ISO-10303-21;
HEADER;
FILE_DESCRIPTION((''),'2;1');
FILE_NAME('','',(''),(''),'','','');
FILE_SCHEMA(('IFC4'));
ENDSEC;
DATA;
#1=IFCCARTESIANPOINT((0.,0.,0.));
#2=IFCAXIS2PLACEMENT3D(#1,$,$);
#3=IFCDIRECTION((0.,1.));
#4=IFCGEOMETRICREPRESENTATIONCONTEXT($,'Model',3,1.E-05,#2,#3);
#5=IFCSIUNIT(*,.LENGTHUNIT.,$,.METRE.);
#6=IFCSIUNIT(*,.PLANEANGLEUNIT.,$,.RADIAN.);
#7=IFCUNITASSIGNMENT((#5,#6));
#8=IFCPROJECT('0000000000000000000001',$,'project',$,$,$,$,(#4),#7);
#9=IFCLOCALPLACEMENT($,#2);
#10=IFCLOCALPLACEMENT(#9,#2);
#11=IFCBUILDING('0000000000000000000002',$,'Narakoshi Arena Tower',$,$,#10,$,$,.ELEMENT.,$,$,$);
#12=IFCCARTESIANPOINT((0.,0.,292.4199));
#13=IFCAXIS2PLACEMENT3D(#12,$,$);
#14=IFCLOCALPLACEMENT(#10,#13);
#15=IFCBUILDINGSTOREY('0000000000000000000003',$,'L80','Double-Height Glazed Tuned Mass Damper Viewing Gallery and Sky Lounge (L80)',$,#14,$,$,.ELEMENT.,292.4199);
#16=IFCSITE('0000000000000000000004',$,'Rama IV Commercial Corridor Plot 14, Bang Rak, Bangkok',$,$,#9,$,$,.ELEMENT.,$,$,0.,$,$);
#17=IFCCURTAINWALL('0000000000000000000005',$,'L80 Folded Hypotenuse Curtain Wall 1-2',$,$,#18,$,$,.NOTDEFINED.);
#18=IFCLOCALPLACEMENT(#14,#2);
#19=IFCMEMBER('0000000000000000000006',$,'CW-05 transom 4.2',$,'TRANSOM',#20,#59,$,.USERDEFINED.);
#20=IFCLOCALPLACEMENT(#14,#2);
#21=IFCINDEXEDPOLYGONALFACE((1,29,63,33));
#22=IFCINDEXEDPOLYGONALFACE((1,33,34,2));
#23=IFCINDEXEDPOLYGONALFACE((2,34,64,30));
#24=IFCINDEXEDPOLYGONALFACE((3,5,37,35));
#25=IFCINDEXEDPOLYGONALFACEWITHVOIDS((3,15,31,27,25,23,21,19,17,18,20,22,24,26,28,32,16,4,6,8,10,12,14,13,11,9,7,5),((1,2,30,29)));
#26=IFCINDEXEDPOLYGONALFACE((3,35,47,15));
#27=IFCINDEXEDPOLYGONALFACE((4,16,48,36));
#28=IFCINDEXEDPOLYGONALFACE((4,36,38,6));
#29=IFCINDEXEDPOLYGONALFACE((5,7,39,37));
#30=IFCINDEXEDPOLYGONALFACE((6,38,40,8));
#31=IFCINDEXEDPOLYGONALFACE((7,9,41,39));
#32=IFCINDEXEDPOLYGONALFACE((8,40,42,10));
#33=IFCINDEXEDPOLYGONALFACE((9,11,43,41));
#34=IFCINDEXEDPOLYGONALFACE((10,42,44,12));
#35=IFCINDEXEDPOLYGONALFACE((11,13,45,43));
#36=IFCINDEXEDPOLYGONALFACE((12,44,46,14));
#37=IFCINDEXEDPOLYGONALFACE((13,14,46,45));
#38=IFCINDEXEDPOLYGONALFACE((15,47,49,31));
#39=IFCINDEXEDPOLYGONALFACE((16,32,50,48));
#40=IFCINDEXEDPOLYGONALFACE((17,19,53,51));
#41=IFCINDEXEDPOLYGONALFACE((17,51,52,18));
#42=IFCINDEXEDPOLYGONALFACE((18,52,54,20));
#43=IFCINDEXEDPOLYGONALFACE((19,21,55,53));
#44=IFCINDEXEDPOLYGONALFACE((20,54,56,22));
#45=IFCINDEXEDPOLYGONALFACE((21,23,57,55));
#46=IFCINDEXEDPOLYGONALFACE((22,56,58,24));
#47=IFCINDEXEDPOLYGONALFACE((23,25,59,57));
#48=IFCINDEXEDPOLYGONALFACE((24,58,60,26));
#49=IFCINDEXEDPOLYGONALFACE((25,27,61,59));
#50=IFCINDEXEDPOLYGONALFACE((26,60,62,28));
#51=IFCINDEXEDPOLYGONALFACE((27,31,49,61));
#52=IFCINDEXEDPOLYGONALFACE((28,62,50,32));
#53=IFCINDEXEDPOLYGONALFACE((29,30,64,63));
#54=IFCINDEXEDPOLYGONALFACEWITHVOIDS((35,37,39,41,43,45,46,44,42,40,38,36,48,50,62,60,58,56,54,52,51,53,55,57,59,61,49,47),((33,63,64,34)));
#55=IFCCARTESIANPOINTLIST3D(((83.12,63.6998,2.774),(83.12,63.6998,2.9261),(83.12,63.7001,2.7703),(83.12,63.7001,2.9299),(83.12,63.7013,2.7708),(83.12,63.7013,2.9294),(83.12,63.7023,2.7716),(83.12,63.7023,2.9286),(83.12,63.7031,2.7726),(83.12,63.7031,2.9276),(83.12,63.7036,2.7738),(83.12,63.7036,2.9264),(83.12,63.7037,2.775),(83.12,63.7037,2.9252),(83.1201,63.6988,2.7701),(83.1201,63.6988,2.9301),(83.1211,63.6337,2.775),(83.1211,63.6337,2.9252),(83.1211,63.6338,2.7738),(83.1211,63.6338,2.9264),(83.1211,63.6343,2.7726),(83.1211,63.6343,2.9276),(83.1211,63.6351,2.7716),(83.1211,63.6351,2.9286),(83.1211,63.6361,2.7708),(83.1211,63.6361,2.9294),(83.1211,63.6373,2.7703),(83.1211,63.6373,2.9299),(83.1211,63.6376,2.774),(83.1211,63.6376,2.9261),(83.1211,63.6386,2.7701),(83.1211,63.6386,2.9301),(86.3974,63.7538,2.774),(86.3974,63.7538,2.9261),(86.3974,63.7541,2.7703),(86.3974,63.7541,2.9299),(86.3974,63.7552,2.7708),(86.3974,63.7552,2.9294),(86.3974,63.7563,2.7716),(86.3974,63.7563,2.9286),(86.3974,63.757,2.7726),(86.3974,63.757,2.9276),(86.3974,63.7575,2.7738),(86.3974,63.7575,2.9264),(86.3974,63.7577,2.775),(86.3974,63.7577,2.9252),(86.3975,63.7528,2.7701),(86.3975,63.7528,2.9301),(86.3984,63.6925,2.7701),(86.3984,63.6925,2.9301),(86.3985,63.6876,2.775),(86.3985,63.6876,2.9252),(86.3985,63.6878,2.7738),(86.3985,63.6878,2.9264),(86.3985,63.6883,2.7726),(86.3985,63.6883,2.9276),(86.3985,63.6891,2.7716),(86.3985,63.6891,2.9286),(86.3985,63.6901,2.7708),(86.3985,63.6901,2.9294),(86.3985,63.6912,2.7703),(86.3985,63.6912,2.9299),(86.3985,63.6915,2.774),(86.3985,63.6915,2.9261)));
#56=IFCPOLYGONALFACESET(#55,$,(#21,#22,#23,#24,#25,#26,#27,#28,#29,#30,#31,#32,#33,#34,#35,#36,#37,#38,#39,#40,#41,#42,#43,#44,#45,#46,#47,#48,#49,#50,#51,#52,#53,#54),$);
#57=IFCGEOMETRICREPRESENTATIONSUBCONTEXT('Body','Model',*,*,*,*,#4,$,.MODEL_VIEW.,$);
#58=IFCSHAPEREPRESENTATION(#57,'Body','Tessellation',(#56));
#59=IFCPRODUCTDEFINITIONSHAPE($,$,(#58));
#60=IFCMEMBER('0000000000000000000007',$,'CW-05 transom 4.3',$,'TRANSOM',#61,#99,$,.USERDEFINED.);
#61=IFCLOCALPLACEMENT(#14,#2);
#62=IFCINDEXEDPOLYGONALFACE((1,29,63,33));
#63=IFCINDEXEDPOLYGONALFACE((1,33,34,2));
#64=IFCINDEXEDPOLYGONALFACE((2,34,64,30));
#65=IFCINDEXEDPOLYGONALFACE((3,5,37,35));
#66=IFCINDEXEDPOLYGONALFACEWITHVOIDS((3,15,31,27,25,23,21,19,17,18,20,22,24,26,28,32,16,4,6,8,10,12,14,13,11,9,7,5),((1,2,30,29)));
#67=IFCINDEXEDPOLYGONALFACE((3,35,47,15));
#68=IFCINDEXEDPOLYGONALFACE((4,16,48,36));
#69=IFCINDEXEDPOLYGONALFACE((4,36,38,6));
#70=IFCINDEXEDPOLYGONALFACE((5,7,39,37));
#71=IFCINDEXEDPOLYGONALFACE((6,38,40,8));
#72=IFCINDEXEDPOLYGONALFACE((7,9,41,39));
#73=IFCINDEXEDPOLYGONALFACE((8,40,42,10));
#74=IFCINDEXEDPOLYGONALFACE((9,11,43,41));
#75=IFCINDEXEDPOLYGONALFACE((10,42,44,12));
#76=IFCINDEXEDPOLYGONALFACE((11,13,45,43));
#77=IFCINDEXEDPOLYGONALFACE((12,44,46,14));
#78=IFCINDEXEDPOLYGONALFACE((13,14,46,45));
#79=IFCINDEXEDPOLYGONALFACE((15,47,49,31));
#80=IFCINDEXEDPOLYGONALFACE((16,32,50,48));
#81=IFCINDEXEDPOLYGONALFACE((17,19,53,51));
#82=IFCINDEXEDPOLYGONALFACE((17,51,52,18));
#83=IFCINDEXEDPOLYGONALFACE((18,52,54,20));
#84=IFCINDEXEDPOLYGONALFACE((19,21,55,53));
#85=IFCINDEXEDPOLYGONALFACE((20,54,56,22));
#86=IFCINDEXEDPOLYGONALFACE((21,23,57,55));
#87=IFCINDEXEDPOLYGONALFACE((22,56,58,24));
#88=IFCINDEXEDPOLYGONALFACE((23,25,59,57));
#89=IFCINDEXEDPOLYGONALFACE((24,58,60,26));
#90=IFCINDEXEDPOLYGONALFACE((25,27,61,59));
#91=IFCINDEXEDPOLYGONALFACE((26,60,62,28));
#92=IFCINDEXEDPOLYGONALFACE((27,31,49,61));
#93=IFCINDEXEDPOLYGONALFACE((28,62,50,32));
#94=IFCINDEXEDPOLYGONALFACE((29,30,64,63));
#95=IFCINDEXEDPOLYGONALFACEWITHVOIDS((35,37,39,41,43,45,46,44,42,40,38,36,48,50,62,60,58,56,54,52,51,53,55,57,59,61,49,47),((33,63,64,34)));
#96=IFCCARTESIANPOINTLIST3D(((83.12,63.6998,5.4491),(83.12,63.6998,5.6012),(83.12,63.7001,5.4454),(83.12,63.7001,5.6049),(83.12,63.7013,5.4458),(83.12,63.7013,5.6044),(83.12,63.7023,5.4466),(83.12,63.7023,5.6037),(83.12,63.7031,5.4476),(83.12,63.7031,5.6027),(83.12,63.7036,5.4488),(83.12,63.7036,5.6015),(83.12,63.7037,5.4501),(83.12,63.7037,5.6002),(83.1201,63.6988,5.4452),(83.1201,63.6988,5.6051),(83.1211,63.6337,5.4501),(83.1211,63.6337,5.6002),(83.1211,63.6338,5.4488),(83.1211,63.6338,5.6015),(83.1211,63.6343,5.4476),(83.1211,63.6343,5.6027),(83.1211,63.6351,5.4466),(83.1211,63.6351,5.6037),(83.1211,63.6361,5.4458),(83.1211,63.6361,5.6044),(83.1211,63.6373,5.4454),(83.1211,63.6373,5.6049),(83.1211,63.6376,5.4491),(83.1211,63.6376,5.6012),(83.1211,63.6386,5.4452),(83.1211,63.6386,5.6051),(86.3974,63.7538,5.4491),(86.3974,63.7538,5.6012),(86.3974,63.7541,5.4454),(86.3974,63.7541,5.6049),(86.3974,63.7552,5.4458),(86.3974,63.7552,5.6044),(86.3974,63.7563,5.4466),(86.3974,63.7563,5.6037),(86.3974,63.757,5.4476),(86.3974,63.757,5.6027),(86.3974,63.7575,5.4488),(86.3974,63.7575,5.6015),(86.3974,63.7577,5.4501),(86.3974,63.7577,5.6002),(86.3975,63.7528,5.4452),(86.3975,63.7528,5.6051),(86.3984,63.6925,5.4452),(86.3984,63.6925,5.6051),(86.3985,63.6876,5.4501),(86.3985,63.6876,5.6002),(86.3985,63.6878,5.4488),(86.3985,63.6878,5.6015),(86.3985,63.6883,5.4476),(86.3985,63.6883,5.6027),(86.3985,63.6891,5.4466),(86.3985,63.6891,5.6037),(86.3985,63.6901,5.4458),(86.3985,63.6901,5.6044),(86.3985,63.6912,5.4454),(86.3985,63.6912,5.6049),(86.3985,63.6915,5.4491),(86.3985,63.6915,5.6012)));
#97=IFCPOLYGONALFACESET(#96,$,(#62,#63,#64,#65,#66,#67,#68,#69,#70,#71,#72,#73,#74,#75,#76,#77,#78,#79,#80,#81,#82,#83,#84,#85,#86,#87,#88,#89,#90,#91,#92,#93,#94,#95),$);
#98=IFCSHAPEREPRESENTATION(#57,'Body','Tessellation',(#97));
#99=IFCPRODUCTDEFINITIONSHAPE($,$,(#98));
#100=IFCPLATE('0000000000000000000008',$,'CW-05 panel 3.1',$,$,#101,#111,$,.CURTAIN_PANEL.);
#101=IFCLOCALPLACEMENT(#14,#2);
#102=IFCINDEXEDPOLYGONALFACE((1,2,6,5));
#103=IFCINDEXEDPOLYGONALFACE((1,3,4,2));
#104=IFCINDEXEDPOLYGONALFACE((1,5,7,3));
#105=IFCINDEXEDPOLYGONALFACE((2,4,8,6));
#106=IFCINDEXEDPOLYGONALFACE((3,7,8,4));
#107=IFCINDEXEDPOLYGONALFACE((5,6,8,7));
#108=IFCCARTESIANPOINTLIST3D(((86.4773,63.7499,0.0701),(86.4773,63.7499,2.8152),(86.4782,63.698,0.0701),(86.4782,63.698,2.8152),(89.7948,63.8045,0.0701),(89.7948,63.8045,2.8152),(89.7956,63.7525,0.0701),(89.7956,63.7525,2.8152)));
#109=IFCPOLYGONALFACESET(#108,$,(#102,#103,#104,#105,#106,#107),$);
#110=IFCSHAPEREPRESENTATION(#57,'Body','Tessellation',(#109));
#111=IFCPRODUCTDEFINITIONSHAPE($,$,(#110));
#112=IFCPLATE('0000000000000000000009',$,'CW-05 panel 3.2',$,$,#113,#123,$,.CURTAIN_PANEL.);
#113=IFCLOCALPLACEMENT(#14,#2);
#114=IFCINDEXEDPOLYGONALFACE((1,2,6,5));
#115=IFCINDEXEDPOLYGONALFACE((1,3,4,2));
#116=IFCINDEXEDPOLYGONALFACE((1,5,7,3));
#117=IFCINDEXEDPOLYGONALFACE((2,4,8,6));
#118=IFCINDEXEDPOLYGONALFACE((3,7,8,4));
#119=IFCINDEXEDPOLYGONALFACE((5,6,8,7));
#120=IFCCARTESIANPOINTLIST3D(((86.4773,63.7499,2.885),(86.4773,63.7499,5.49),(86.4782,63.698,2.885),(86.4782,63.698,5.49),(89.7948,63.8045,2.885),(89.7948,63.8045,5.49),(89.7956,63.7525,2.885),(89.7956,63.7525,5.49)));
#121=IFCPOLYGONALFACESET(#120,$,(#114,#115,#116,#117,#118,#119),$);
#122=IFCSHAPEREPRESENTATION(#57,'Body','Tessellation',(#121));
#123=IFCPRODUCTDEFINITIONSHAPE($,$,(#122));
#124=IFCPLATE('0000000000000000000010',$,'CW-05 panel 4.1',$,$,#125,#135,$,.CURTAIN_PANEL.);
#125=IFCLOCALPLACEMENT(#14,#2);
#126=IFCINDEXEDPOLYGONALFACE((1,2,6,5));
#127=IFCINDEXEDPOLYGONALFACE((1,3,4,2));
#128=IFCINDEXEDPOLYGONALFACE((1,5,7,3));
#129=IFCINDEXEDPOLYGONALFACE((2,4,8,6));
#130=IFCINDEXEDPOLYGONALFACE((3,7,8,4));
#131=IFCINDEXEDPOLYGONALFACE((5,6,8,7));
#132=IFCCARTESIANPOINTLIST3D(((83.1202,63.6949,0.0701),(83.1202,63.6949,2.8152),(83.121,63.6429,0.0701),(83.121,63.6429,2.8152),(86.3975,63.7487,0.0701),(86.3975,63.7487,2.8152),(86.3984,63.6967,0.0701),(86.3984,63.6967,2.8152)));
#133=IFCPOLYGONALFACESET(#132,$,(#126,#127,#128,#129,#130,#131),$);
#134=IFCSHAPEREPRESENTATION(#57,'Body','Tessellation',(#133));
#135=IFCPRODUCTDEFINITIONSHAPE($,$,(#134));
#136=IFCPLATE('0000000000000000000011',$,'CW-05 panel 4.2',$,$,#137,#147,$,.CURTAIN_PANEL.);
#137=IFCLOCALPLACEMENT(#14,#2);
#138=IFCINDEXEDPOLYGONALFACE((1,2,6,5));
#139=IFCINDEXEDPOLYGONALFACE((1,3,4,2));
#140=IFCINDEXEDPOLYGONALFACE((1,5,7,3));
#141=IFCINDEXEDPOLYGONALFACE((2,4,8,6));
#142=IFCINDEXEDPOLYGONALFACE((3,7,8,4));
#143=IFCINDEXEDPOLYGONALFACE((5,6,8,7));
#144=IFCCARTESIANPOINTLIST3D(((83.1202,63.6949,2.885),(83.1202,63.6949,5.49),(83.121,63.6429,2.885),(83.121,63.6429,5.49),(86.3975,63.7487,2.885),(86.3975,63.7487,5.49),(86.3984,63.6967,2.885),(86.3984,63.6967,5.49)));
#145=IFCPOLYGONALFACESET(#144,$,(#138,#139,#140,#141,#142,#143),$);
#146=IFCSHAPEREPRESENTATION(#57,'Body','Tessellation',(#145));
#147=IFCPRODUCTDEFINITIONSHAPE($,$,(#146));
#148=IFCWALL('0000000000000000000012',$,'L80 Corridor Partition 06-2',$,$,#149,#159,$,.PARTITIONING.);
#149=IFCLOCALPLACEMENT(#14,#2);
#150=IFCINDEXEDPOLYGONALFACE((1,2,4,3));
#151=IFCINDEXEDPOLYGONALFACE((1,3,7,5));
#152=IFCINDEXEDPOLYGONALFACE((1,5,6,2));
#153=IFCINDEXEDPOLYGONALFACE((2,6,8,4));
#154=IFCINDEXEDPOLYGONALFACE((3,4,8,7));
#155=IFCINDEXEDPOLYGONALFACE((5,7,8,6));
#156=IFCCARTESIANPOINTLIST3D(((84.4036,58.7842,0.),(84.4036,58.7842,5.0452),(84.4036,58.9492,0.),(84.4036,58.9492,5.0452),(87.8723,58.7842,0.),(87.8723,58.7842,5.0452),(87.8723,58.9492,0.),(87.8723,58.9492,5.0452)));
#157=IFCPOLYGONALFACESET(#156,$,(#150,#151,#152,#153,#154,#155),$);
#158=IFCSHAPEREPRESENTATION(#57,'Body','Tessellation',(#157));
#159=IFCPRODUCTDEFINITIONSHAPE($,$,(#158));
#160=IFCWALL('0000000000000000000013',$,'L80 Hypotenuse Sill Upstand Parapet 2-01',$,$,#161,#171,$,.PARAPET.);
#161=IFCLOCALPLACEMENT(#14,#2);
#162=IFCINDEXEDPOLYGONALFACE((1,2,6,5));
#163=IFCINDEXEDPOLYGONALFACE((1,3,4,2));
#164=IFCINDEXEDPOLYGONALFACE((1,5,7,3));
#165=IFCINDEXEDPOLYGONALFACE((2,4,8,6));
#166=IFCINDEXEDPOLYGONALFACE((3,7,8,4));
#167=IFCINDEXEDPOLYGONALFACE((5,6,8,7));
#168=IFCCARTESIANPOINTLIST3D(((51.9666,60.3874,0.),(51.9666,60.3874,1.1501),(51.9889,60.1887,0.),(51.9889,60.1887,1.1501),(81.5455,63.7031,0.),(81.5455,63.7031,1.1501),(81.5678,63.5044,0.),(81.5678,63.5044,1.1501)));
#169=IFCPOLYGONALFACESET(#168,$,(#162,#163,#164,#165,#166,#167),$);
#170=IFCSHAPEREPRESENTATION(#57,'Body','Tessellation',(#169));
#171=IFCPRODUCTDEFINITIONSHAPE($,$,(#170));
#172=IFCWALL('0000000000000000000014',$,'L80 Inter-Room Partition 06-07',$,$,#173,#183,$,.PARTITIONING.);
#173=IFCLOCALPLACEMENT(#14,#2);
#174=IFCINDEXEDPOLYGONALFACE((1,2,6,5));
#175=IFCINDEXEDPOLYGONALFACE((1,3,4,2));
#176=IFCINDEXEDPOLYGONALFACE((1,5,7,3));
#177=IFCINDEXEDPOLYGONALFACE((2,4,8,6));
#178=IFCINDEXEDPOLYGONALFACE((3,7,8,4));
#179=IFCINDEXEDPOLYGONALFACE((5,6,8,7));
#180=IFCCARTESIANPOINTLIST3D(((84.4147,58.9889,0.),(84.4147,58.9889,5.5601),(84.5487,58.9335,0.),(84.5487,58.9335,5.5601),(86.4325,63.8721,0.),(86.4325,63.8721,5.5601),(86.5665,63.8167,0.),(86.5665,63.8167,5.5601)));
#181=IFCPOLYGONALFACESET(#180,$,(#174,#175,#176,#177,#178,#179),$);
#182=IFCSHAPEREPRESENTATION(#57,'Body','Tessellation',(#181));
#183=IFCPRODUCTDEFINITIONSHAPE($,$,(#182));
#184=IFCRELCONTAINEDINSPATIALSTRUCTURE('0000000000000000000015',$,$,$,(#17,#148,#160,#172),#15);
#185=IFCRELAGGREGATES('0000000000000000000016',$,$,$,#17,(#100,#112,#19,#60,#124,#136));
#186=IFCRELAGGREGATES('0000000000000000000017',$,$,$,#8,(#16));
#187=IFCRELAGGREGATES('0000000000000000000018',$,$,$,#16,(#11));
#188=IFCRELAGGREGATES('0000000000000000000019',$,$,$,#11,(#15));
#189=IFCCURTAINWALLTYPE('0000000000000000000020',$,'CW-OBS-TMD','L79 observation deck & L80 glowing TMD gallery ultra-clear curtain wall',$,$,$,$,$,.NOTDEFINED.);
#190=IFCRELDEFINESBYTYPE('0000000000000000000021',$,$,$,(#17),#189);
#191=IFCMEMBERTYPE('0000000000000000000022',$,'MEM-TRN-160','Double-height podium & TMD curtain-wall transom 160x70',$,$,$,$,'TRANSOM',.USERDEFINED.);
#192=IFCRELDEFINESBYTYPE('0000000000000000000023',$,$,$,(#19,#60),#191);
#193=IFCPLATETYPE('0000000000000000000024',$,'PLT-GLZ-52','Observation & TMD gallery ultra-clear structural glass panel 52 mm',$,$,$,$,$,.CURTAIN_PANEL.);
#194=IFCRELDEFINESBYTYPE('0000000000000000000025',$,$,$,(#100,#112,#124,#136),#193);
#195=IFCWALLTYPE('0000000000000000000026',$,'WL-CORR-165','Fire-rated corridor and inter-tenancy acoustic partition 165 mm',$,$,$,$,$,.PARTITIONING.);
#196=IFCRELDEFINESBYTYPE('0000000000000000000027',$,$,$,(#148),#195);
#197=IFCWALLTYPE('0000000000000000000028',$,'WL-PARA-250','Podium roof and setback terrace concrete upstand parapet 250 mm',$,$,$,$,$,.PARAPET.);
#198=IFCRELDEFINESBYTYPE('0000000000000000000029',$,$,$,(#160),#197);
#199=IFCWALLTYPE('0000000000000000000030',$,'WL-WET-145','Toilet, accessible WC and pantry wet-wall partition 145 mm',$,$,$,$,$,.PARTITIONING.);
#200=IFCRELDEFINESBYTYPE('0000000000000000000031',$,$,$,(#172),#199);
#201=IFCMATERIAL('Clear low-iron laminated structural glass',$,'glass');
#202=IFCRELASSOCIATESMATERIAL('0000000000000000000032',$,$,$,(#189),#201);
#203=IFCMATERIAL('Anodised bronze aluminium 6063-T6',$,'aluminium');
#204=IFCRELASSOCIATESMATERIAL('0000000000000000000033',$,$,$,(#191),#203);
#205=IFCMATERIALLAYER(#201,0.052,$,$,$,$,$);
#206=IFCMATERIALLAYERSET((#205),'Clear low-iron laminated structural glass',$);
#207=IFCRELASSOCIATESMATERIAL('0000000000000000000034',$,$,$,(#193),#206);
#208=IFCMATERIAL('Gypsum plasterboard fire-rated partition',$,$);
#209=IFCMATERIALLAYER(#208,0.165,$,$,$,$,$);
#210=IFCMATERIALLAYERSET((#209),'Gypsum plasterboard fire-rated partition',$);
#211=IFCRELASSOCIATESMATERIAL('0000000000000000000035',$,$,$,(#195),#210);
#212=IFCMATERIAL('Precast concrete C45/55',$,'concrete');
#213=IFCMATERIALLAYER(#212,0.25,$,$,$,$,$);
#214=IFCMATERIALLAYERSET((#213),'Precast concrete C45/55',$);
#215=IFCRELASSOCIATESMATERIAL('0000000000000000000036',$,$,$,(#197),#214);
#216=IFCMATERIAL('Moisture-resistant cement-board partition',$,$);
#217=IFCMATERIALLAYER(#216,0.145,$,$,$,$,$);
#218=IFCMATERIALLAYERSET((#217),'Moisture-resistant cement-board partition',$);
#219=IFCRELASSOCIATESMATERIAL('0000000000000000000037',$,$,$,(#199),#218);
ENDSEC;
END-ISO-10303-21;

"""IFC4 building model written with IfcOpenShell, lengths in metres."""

from ifc_helpers import new_model, si_unit, direction, frame, frame_2d, origin, origin_2d, place, context, subcontext, project, spatial, rectangle, hollow_rectangle, extrude, material, layer, layer_set, material_profile, profile_set, type_object, element, aggregate, save


model = new_model("IFC4")

# Units and contexts
model_context = context("Model", 3, precision=1e-05, world=origin(), true_north=direction((0.0, 1.0)))
body_context = subcontext(model_context, "Body", "Model", "MODEL_VIEW")
ifc_project = project(units=[si_unit("LENGTHUNIT", "METRE"), si_unit("PLANEANGLEUNIT", "RADIAN")], contexts=[model_context])

# Site, building, storey
site_placement = place(None, origin())
site = spatial("IfcSite", under=ifc_project, at=site_placement, Name="Rama IV Commercial Corridor Plot 14, Bang Rak, Bangkok", CompositionType="ELEMENT", RefElevation=0.0)
building_placement = place(site_placement, origin())
building = spatial("IfcBuilding", under=site, at=building_placement, Name="Narakoshi Arena Tower", CompositionType="ELEMENT")
storey_placement = place(building_placement, frame((0.0, 0.0, 292.4199)))
storey = spatial("IfcBuildingStorey", under=building, at=storey_placement, Name="L80", Description="Double-Height Glazed Tuned Mass Damper Viewing Gallery and Sky Lounge (L80)", CompositionType="ELEMENT", Elevation=292.4199)

# Curtain wall, members, plates
ifc_material_1 = material(Name="Clear low-iron laminated structural glass", Category="glass")
curtain_wall_type = type_object("IfcCurtainWallType", Name="CW-OBS-TMD", Description="L79 observation deck & L80 glowing TMD gallery ultra-clear curtain wall", PredefinedType="NOTDEFINED", material=ifc_material_1)
curtain_wall_placement = place(storey_placement, origin())
curtain_wall = element("IfcCurtainWall", 1, at=curtain_wall_placement, inside=storey, type_object=curtain_wall_type, Name="L80 Folded Hypotenuse Curtain Wall 1-2", PredefinedType="NOTDEFINED")
ifc_material_2 = material(Name="Anodised bronze aluminium 6063-T6", Category="aluminium")
ifc_material_profile_1 = material_profile(ifc_material_2, hollow_rectangle(XDim=0.0701, YDim=0.1599, WallThickness=0.0039, OuterFilletRadius=0.0049, at=origin_2d()), Name="TRN160x70x4")
ifc_profile_set_1 = profile_set([ifc_material_profile_1], Name="Anodised bronze aluminium 6063-T6")
member_type_1 = type_object("IfcMemberType", Name="MEM-TRN-160", Description="Double-height podium & TMD curtain-wall transom 160x70", ElementType="TRANSOM", PredefinedType="USERDEFINED", material=ifc_profile_set_1)
member_1_placement = place(storey_placement, frame((86.3979, 63.7227, 2.8501), z_axis=(-0.999865, -0.016461, 0.0), x_axis=(0.016461, -0.999865, 0.0)))
member_1 = element("IfcMember", 2, at=member_1_placement, type_object=member_type_1, Name="CW-05 transom 4.2", ObjectType="TRANSOM", PredefinedType="USERDEFINED", context=body_context, shape_type="SweptSolid", body=[
    extrude(hollow_rectangle(XDim=0.0701, YDim=0.1599, WallThickness=0.0039, OuterFilletRadius=0.0049, at=origin_2d()), origin(), (0.0, 0.0, 1.0), 3.2778),
])
member_2_placement = place(storey_placement, frame((86.3979, 63.7227, 5.5251), z_axis=(-0.999865, -0.016461, 0.0), x_axis=(0.016461, -0.999865, 0.0)))
member_2 = element("IfcMember", 3, at=member_2_placement, type_object=member_type_1, Name="CW-05 transom 4.3", ObjectType="TRANSOM", PredefinedType="USERDEFINED", context=body_context, shape_type="SweptSolid", body=[
    extrude(hollow_rectangle(XDim=0.0701, YDim=0.1599, WallThickness=0.0039, OuterFilletRadius=0.0049, at=origin_2d()), origin(), (0.0, 0.0, 1.0), 3.2778),
])
ifc_layer_1 = layer(ifc_material_1, 0.052)
ifc_layer_set_1 = layer_set([ifc_layer_1], Name="Clear low-iron laminated structural glass")
plate_type = type_object("IfcPlateType", Name="PLT-GLZ-52", Description="Observation & TMD gallery ultra-clear structural glass panel 52 mm", PredefinedType="CURTAIN_PANEL", material=ifc_layer_set_1)
plate_1_placement = place(storey_placement, frame((88.1365, 63.7512, 0.0701), z_axis=(0.0, 0.0, 1.0), x_axis=(-0.999865, -0.016437, 0.0)))
plate_1 = element("IfcPlate", 4, at=plate_1_placement, type_object=plate_type, Name="CW-05 panel 3.1", PredefinedType="CURTAIN_PANEL", context=body_context, shape_type="SweptSolid", body=[
    extrude(rectangle(XDim=3.3179, YDim=0.052, at=origin_2d()), origin(), (0.0, 0.0, 1.0), 2.7451),
])
plate_2_placement = place(storey_placement, frame((88.1365, 63.7512, 2.885), z_axis=(0.0, 0.0, 1.0), x_axis=(-0.999865, -0.016437, 0.0)))
plate_2 = element("IfcPlate", 5, at=plate_2_placement, type_object=plate_type, Name="CW-05 panel 3.2", PredefinedType="CURTAIN_PANEL", context=body_context, shape_type="SweptSolid", body=[
    extrude(rectangle(XDim=3.3179, YDim=0.052, at=origin_2d()), origin(), (0.0, 0.0, 1.0), 2.605),
])
plate_3_placement = place(storey_placement, frame((84.7593, 63.6958, 0.0701), z_axis=(0.0, 0.0, 1.0), x_axis=(-0.999865, -0.016437, 0.0)))
plate_3 = element("IfcPlate", 6, at=plate_3_placement, type_object=plate_type, Name="CW-05 panel 4.1", PredefinedType="CURTAIN_PANEL", context=body_context, shape_type="SweptSolid", body=[
    extrude(rectangle(XDim=3.2778, YDim=0.052, at=origin_2d()), origin(), (0.0, 0.0, 1.0), 2.7451),
])
plate_4_placement = place(storey_placement, frame((84.7593, 63.6958, 2.885), z_axis=(0.0, 0.0, 1.0), x_axis=(-0.999865, -0.016437, 0.0)))
plate_4 = element("IfcPlate", 7, at=plate_4_placement, type_object=plate_type, Name="CW-05 panel 4.2", PredefinedType="CURTAIN_PANEL", context=body_context, shape_type="SweptSolid", body=[
    extrude(rectangle(XDim=3.2778, YDim=0.052, at=origin_2d()), origin(), (0.0, 0.0, 1.0), 2.605),
])
aggregate(curtain_wall, [plate_1, plate_2, member_1, member_2, plate_3, plate_4])

# Walls
ifc_material_3 = material(Name="Gypsum plasterboard fire-rated partition")
ifc_layer_2 = layer(ifc_material_3, 0.165)
ifc_layer_set_2 = layer_set([ifc_layer_2], Name="Gypsum plasterboard fire-rated partition")
wall_type_1 = type_object("IfcWallType", Name="WL-CORR-165", Description="Fire-rated corridor and inter-tenancy acoustic partition 165 mm", PredefinedType="PARTITIONING", material=ifc_layer_set_2)
wall_1_placement = place(storey_placement, frame((87.8723, 58.8667, 0.0), z_axis=(0.0, 0.0, 1.0), x_axis=(-1.0, 0.0, 0.0)))
element("IfcWall", 8, at=wall_1_placement, inside=storey, type_object=wall_type_1, Name="L80 Corridor Partition 06-2", PredefinedType="PARTITIONING", context=body_context, shape_type="SweptSolid", body=[
    extrude(rectangle(XDim=3.4688, YDim=0.165, at=frame_2d((1.7344, 0.0))), origin(), (0.0, 0.0, 1.0), 5.0452),
])
ifc_material_4 = material(Name="Precast concrete C45/55", Category="concrete")
ifc_layer_3 = layer(ifc_material_4, 0.25)
ifc_layer_set_3 = layer_set([ifc_layer_3], Name="Precast concrete C45/55")
wall_type_2 = type_object("IfcWallType", Name="WL-PARA-250", Description="Podium roof and setback terrace concrete upstand parapet 250 mm", PredefinedType="PARAPET", material=ifc_layer_set_3)
wall_2_placement = place(storey_placement, frame((81.5566, 63.6038, 0.0), z_axis=(0.0, 0.0, 1.0), x_axis=(-0.993776, -0.111398, 0.0)))
element("IfcWall", 9, at=wall_2_placement, inside=storey, type_object=wall_type_2, Name="L80 Hypotenuse Sill Upstand Parapet 2-01", PredefinedType="PARAPET", context=body_context, shape_type="SweptSolid", body=[
    extrude(rectangle(XDim=29.7642, YDim=0.2, at=frame_2d((14.8821, 0.0))), origin(), (0.0, 0.0, 1.0), 1.1501),
])
ifc_material_5 = material(Name="Moisture-resistant cement-board partition")
ifc_layer_4 = layer(ifc_material_5, 0.145)
ifc_layer_set_4 = layer_set([ifc_layer_4], Name="Moisture-resistant cement-board partition")
wall_type_3 = type_object("IfcWallType", Name="WL-WET-145", Description="Toilet, accessible WC and pantry wet-wall partition 145 mm", PredefinedType="PARTITIONING", material=ifc_layer_set_4)
wall_3_placement = place(storey_placement, frame((84.4817, 58.9612, 0.0), z_axis=(0.0, 0.0, 1.0), x_axis=(0.381891, 0.924208, 0.0)))
element("IfcWall", 10, at=wall_3_placement, inside=storey, type_object=wall_type_3, Name="L80 Inter-Room Partition 06-07", PredefinedType="PARTITIONING", context=body_context, shape_type="SweptSolid", body=[
    extrude(rectangle(XDim=5.2837, YDim=0.145, at=frame_2d((2.6418, 0.0))), origin(), (0.0, 0.0, 1.0), 5.5601),
])

save(model, "model.ifc")
